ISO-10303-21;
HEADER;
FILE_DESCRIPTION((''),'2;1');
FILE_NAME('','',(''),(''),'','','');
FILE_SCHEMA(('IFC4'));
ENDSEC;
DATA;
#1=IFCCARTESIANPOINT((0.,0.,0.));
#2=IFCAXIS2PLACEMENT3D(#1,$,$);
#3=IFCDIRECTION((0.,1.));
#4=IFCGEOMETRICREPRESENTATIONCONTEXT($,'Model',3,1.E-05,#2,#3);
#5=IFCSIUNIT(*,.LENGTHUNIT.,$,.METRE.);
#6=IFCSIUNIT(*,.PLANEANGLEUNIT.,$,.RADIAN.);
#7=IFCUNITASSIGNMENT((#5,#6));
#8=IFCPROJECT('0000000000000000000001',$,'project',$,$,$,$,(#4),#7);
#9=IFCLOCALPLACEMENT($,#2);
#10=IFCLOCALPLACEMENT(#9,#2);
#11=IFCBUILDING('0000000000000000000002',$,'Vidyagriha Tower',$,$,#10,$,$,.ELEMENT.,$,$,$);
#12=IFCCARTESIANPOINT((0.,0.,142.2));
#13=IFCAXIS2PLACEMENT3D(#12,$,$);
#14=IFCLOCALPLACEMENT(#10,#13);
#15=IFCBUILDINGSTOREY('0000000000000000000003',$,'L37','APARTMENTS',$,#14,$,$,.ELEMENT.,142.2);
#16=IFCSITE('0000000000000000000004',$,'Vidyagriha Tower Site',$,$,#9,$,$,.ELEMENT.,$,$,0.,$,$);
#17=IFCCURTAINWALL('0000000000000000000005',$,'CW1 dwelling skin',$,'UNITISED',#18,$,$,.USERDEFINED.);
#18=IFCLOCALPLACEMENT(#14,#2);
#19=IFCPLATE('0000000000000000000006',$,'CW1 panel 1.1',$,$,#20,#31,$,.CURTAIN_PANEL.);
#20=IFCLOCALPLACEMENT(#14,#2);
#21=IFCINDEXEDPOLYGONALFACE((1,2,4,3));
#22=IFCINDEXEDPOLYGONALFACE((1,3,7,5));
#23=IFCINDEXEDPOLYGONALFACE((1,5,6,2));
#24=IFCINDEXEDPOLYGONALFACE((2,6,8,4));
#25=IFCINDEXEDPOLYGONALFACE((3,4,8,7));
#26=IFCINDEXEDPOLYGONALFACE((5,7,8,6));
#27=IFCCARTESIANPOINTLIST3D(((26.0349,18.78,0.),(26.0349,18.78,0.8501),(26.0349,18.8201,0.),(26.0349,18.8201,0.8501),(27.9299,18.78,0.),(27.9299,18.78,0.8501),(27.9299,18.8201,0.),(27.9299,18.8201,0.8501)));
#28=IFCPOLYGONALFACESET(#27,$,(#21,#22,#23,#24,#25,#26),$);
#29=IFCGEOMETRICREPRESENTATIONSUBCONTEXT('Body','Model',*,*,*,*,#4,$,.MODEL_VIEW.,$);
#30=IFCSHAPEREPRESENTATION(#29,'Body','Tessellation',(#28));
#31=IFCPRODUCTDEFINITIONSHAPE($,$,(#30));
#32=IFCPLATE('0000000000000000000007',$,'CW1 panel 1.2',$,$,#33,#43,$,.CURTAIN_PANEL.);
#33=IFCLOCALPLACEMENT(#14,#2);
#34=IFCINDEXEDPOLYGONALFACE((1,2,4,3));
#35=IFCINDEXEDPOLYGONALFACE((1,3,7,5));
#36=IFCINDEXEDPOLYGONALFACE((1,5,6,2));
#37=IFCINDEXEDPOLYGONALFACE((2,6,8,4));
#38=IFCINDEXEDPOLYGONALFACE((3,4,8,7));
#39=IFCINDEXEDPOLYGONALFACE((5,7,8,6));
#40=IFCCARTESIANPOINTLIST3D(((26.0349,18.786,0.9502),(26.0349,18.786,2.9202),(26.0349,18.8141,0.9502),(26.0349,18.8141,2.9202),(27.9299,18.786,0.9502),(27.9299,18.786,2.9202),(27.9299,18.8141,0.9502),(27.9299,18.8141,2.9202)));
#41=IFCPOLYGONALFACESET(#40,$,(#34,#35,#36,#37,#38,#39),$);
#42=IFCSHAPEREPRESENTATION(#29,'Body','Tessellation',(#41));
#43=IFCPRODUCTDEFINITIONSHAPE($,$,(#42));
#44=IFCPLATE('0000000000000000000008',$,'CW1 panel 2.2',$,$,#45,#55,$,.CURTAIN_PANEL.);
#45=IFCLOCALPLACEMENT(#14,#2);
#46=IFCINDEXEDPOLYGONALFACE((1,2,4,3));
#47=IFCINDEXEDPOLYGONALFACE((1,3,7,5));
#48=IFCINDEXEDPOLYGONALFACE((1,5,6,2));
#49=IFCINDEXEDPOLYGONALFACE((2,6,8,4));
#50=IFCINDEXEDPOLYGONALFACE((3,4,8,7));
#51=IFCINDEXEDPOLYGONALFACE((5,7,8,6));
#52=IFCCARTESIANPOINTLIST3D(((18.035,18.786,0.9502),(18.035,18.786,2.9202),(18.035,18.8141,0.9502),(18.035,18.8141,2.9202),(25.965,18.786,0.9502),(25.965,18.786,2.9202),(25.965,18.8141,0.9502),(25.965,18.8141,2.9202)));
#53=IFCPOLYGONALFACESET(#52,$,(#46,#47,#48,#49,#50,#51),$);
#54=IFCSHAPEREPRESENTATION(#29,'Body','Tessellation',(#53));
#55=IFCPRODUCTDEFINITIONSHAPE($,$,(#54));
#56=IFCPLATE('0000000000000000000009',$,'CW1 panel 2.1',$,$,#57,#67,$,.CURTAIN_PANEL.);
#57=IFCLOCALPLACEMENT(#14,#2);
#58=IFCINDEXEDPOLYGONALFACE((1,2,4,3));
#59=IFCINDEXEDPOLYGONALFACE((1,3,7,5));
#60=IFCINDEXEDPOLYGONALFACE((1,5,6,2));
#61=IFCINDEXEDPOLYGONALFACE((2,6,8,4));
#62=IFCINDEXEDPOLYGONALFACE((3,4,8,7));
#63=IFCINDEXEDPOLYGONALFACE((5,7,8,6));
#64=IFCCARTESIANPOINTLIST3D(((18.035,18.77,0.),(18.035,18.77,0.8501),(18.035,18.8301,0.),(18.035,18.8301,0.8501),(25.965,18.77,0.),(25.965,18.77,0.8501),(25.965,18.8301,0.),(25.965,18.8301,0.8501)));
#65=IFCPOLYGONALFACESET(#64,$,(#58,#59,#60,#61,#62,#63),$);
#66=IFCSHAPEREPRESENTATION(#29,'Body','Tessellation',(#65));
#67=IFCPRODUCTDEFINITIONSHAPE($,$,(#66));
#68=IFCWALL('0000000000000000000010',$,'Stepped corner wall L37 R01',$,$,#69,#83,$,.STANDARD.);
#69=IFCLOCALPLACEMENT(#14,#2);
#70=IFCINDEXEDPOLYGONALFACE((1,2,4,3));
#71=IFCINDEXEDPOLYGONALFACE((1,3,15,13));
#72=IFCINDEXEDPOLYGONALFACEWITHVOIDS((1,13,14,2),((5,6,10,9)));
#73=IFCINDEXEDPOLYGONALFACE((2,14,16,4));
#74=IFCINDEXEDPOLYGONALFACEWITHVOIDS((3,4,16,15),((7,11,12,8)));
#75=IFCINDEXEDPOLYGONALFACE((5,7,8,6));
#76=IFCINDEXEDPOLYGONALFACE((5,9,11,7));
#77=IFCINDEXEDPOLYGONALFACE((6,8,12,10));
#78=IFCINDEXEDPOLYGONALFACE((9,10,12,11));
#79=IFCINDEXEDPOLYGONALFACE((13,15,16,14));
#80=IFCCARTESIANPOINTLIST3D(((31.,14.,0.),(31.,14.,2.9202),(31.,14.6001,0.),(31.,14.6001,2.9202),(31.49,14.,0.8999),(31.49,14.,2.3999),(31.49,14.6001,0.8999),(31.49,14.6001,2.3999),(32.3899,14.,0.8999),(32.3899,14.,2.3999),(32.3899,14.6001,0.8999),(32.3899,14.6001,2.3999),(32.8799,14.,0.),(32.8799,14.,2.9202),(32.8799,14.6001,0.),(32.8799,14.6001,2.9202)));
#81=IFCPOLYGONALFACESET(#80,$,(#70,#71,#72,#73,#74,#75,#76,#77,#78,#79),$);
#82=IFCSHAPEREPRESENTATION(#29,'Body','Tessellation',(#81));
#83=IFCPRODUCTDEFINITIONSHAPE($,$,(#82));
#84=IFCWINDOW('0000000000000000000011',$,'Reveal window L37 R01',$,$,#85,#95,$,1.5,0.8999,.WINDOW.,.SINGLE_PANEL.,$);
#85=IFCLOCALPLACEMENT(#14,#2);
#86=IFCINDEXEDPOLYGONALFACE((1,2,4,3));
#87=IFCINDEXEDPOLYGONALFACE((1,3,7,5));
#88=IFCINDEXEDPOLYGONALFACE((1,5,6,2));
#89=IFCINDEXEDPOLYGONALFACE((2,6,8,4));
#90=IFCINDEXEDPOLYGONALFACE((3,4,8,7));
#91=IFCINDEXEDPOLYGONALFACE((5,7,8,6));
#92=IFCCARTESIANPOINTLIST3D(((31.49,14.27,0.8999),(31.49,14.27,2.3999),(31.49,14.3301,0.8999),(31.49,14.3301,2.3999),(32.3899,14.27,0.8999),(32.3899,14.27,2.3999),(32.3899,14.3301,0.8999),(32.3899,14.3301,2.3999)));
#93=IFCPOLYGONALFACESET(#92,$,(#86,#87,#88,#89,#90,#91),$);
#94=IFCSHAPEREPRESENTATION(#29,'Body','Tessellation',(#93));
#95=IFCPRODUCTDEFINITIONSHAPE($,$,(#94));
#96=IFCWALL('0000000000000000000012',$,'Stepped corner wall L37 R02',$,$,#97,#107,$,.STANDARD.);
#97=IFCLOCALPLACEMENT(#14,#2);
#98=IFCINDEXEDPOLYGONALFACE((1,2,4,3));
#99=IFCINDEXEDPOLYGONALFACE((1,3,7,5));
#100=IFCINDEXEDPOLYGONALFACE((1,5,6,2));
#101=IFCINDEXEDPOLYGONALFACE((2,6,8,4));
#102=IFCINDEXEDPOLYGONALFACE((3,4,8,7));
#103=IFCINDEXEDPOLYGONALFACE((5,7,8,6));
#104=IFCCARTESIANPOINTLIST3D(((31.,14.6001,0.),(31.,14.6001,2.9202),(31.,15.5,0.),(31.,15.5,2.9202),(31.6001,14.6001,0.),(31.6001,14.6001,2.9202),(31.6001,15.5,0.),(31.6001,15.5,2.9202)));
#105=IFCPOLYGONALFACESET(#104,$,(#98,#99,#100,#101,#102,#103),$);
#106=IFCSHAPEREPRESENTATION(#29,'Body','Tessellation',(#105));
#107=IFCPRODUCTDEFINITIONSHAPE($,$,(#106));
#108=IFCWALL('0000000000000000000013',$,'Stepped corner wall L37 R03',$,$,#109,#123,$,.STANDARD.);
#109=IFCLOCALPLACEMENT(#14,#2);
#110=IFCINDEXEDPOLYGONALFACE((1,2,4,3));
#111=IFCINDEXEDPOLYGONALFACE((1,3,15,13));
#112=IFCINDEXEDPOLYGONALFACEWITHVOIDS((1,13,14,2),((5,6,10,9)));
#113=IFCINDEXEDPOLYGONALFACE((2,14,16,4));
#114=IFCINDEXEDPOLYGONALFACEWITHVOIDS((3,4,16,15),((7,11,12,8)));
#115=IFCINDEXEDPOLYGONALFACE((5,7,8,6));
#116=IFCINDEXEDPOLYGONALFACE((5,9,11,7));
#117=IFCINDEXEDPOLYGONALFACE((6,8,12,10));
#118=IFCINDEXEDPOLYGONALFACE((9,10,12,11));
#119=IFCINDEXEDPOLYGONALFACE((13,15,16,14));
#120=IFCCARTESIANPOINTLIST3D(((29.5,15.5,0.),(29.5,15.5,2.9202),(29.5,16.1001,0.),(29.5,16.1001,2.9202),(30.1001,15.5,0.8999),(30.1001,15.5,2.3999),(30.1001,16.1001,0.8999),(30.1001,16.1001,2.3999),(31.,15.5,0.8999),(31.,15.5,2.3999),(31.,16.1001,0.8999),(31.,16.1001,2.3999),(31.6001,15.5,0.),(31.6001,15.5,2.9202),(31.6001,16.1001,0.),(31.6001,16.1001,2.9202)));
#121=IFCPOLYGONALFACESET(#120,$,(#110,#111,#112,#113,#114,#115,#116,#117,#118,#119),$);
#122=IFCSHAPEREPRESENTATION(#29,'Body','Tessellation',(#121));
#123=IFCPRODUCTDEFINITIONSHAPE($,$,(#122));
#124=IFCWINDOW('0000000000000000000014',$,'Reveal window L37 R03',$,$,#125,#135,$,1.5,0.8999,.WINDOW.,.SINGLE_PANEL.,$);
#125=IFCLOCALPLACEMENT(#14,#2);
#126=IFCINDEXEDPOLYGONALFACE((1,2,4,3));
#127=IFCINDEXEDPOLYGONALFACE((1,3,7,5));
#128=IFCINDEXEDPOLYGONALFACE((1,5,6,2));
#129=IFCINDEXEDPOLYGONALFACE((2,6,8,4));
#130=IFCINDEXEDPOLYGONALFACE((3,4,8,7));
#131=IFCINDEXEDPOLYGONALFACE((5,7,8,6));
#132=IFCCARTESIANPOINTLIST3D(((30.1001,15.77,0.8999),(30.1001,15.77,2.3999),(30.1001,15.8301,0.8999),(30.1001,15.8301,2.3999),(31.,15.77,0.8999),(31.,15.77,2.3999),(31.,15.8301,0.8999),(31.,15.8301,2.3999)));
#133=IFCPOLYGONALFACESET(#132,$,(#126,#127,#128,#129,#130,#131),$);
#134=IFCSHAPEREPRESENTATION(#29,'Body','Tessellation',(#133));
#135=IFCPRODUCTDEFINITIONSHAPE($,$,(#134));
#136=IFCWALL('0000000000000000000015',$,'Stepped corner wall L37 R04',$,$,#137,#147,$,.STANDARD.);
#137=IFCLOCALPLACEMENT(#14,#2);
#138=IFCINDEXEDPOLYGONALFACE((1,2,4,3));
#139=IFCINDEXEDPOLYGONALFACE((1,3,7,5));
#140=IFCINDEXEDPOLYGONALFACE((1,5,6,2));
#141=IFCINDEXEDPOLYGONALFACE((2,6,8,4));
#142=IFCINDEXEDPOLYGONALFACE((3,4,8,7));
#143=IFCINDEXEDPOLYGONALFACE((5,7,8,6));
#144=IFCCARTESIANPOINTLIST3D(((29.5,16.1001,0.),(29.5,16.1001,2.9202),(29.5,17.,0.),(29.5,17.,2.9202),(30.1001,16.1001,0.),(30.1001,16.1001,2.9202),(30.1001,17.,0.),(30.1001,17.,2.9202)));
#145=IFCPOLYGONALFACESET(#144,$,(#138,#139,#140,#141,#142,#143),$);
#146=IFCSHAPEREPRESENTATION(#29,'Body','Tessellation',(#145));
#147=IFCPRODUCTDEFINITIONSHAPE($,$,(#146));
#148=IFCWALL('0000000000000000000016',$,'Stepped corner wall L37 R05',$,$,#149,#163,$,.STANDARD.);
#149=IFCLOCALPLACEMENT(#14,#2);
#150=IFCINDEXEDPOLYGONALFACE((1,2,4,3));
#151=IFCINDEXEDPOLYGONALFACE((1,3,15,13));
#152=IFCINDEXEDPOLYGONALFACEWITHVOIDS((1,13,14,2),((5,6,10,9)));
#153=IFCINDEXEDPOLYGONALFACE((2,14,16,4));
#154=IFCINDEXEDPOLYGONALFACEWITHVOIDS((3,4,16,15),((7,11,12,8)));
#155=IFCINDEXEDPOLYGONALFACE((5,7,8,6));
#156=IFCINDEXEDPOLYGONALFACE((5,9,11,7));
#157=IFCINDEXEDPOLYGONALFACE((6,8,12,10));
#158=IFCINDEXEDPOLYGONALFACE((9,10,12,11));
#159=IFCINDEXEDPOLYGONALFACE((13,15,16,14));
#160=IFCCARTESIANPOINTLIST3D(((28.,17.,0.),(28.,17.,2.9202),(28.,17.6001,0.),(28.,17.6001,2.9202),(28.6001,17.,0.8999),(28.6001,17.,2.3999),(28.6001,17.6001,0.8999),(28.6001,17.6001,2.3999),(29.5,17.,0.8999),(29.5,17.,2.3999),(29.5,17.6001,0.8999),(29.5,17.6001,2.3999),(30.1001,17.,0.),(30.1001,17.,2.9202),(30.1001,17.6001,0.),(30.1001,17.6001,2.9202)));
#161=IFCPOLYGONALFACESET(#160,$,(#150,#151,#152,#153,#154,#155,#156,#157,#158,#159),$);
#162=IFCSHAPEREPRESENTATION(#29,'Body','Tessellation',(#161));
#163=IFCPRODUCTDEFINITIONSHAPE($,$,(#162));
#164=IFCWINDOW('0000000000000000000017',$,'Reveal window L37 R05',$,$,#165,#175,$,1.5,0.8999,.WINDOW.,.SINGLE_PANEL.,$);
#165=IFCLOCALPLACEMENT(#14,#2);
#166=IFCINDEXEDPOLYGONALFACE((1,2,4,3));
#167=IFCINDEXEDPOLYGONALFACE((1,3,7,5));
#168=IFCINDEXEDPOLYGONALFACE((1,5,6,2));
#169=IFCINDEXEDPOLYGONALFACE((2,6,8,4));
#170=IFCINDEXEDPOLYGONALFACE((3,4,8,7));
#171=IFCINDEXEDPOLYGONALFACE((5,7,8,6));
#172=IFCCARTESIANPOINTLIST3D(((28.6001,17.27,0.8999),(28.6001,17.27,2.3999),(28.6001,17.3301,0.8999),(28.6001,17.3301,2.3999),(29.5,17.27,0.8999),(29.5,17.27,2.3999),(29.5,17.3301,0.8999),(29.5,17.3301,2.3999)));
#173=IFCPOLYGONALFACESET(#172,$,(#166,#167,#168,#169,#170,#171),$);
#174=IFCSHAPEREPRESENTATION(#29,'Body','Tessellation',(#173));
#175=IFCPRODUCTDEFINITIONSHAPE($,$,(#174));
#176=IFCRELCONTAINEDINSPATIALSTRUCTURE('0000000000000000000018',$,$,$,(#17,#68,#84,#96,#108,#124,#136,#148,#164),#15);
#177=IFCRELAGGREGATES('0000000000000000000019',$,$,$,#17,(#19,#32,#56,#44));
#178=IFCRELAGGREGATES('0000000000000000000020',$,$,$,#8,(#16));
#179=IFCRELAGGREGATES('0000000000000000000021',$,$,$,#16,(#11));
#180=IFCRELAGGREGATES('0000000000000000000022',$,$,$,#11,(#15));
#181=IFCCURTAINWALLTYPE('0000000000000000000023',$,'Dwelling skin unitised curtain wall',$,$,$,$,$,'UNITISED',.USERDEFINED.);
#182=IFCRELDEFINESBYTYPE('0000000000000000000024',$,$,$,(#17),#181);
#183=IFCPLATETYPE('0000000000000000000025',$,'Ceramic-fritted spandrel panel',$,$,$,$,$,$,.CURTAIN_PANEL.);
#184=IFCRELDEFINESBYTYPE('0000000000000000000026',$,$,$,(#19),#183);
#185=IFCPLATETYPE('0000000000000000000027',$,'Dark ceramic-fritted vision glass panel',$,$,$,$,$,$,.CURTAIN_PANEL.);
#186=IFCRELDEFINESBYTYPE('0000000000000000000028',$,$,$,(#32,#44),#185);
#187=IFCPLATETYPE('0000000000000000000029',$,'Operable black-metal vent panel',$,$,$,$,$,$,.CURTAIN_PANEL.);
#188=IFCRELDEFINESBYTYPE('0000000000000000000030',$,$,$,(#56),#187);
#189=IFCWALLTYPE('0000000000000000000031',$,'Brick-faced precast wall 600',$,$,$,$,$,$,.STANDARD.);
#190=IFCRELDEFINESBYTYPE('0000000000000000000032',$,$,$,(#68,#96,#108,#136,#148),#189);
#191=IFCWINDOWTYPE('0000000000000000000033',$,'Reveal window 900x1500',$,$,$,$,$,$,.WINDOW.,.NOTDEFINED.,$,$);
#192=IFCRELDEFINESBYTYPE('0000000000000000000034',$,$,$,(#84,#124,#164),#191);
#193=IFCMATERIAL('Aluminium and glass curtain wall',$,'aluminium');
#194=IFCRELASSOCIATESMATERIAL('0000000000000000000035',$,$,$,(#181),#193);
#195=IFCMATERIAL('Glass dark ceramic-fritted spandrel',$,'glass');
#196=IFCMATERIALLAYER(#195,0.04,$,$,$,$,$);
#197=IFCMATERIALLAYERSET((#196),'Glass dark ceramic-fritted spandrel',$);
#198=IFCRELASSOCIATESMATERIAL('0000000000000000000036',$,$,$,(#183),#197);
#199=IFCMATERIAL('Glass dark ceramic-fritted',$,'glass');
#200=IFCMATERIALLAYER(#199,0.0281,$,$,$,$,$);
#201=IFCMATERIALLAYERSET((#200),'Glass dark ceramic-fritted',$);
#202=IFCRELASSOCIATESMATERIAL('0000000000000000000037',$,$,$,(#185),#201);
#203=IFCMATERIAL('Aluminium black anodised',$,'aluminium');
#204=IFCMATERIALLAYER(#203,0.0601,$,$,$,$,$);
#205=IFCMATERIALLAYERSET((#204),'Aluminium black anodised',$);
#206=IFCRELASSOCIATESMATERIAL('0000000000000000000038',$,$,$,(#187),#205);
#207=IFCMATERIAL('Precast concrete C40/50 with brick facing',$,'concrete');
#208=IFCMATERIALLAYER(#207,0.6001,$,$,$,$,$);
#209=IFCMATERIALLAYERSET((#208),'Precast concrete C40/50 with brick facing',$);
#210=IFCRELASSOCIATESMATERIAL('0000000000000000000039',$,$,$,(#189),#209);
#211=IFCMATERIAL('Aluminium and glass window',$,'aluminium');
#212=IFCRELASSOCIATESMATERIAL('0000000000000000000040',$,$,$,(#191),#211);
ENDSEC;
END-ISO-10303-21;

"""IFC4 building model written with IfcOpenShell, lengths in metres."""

from ifc_helpers import new_model, si_unit, direction, frame, frame_2d, origin, origin_2d, place, context, subcontext, project, spatial, rectangle, extrude, material, layer, layer_set, type_object, element, fill, aggregate, save


model = new_model("IFC4")

# Units and contexts
model_context = context("Model", 3, precision=1e-05, world=origin(), true_north=direction((0.0, 1.0)))
body_context = subcontext(model_context, "Body", "Model", "MODEL_VIEW")
ifc_project = project(units=[si_unit("LENGTHUNIT", "METRE"), si_unit("PLANEANGLEUNIT", "RADIAN")], contexts=[model_context])

# Site, building, storey
site_placement = place(None, origin())
site = spatial("IfcSite", under=ifc_project, at=site_placement, Name="Vidyagriha Tower Site", CompositionType="ELEMENT", RefElevation=0.0)
building_placement = place(site_placement, origin())
building = spatial("IfcBuilding", under=site, at=building_placement, Name="Vidyagriha Tower", CompositionType="ELEMENT")
storey_placement = place(building_placement, frame((0.0, 0.0, 142.2)))
storey = spatial("IfcBuildingStorey", under=building, at=storey_placement, Name="L37", Description="APARTMENTS", CompositionType="ELEMENT", Elevation=142.2)

# Curtain wall
ifc_material_1 = material(Name="Aluminium and glass curtain wall", Category="aluminium")
curtain_wall_type = type_object("IfcCurtainWallType", Name="Dwelling skin unitised curtain wall", ElementType="UNITISED", PredefinedType="USERDEFINED", material=ifc_material_1)
curtain_wall_1_placement = place(storey_placement, origin())
curtain_wall_1 = element("IfcCurtainWall", 1, at=curtain_wall_1_placement, inside=storey, type_object=curtain_wall_type, Name="CW1 dwelling skin", ObjectType="UNITISED", PredefinedType="USERDEFINED")

# Plates
ifc_material_2 = material(Name="Glass dark ceramic-fritted spandrel", Category="glass")
ifc_layer_1 = layer(ifc_material_2, 0.04)
ifc_layer_set_1 = layer_set([ifc_layer_1], Name="Glass dark ceramic-fritted spandrel")
plate_type_1 = type_object("IfcPlateType", Name="Ceramic-fritted spandrel panel", PredefinedType="CURTAIN_PANEL", material=ifc_layer_set_1)
plate_1_placement = place(storey_placement, frame((26.9824, 18.8, 0.0), z_axis=(0.0, 0.0, 1.0), x_axis=(-1.0, 0.0, 0.0)))
plate_1 = element("IfcPlate", 2, at=plate_1_placement, type_object=plate_type_1, Name="CW1 panel 1.1", PredefinedType="CURTAIN_PANEL", context=body_context, shape_type="SweptSolid", body=[
    extrude(rectangle(XDim=1.895, YDim=0.04, at=origin_2d()), origin(), (0.0, 0.0, 1.0), 0.8501),
])
ifc_material_3 = material(Name="Glass dark ceramic-fritted", Category="glass")
ifc_layer_2 = layer(ifc_material_3, 0.0281)
ifc_layer_set_2 = layer_set([ifc_layer_2], Name="Glass dark ceramic-fritted")
plate_type_2 = type_object("IfcPlateType", Name="Dark ceramic-fritted vision glass panel", PredefinedType="CURTAIN_PANEL", material=ifc_layer_set_2)
plate_2_placement = place(storey_placement, frame((26.9824, 18.8, 0.9502), z_axis=(0.0, 0.0, 1.0), x_axis=(-1.0, 0.0, 0.0)))
plate_2 = element("IfcPlate", 3, at=plate_2_placement, type_object=plate_type_2, Name="CW1 panel 1.2", PredefinedType="CURTAIN_PANEL", context=body_context, shape_type="SweptSolid", body=[
    extrude(rectangle(XDim=1.895, YDim=0.0281, at=origin_2d()), origin(), (0.0, 0.0, 1.0), 1.97),
])
plate_3_placement = place(storey_placement, frame((22.0, 18.8, 0.9502), z_axis=(0.0, 0.0, 1.0), x_axis=(-1.0, 0.0, 0.0)))
plate_3 = element("IfcPlate", 4, at=plate_3_placement, type_object=plate_type_2, Name="CW1 panel 2.2", PredefinedType="CURTAIN_PANEL", context=body_context, shape_type="SweptSolid", body=[
    extrude(rectangle(XDim=7.9299, YDim=0.0281, at=origin_2d()), origin(), (0.0, 0.0, 1.0), 1.97),
])
ifc_material_4 = material(Name="Aluminium black anodised", Category="aluminium")
ifc_layer_3 = layer(ifc_material_4, 0.0601)
ifc_layer_set_3 = layer_set([ifc_layer_3], Name="Aluminium black anodised")
plate_type_3 = type_object("IfcPlateType", Name="Operable black-metal vent panel", PredefinedType="CURTAIN_PANEL", material=ifc_layer_set_3)
plate_4_placement = place(storey_placement, frame((22.0, 18.8, 0.0), z_axis=(0.0, 0.0, 1.0), x_axis=(-1.0, 0.0, 0.0)))
plate_4 = element("IfcPlate", 5, at=plate_4_placement, type_object=plate_type_3, Name="CW1 panel 2.1", PredefinedType="CURTAIN_PANEL", context=body_context, shape_type="SweptSolid", body=[
    extrude(rectangle(XDim=7.9299, YDim=0.0601, at=origin_2d()), origin(), (0.0, 0.0, 1.0), 0.8501),
])
aggregate(curtain_wall_1, [plate_1, plate_2, plate_4, plate_3])

# Wall, opening, window
ifc_material_5 = material(Name="Precast concrete C40/50 with brick facing", Category="concrete")
ifc_layer_4 = layer(ifc_material_5, 0.6001)
ifc_layer_set_4 = layer_set([ifc_layer_4], Name="Precast concrete C40/50 with brick facing")
wall_type = type_object("IfcWallType", Name="Brick-faced precast wall 600", PredefinedType="STANDARD", material=ifc_layer_set_4)
wall_1_placement = place(storey_placement, frame((32.8799, 14.3, 0.0), z_axis=(0.0, 0.0, 1.0), x_axis=(-1.0, 0.0, 0.0)))
wall_1 = element("IfcWall", 6, at=wall_1_placement, inside=storey, type_object=wall_type, Name="Stepped corner wall L37 R01", PredefinedType="STANDARD", context=body_context, shape_type="SweptSolid", body=[
    extrude(rectangle(XDim=1.8799, YDim=0.6001, at=frame_2d((0.9399, 0.0))), origin(), (0.0, 0.0, 1.0), 2.9202),
])
opening_1_placement = place(wall_1_placement, frame((0.49, 0.0, 0.8999)))
opening_1 = element("IfcOpeningElement", 7, at=opening_1_placement, cuts=wall_1, PredefinedType="OPENING", context=body_context, shape_type="SweptSolid", body=[
    extrude(rectangle(XDim=0.8999, YDim=1.5, at=frame_2d((0.45, 0.75))), frame((0.0, 0.3101, 0.0), z_axis=(0.0, -1.0, 0.0), x_axis=(1.0, 0.0, 0.0)), (0.0, 0.0, 1.0), 0.6201),
])
ifc_material_6 = material(Name="Aluminium and glass window", Category="aluminium")
window_type = type_object("IfcWindowType", Name="Reveal window 900x1500", PartitioningType="NOTDEFINED", PredefinedType="WINDOW", material=ifc_material_6)
window_1_placement = place(opening_1_placement, origin())
window_1 = element("IfcWindow", 8, at=window_1_placement, inside=storey, type_object=window_type, Name="Reveal window L37 R01", OverallHeight=1.5, OverallWidth=0.8999, PartitioningType="SINGLE_PANEL", PredefinedType="WINDOW", context=body_context, shape_type="SweptSolid", body=[
    extrude(rectangle(XDim=0.8999, YDim=1.5, at=frame_2d((0.45, 0.75))), frame((0.0, 0.03, 0.0), z_axis=(0.0, -1.0, 0.0), x_axis=(1.0, 0.0, 0.0)), (0.0, 0.0, 1.0), 0.0601),
])
fill(opening_1, window_1)

# Wall
wall_2_placement = place(storey_placement, frame((31.3, 14.6001, 0.0), z_axis=(0.0, 0.0, 1.0), x_axis=(0.0, 1.0, 0.0)))
element("IfcWall", 9, at=wall_2_placement, inside=storey, type_object=wall_type, Name="Stepped corner wall L37 R02", PredefinedType="STANDARD", context=body_context, shape_type="SweptSolid", body=[
    extrude(rectangle(XDim=0.8999, YDim=0.6001, at=frame_2d((0.45, 0.0))), origin(), (0.0, 0.0, 1.0), 2.9202),
])

# Wall, opening, window
wall_3_placement = place(storey_placement, frame((31.6001, 15.8, 0.0), z_axis=(0.0, 0.0, 1.0), x_axis=(-1.0, 0.0, 0.0)))
wall_3 = element("IfcWall", 10, at=wall_3_placement, inside=storey, type_object=wall_type, Name="Stepped corner wall L37 R03", PredefinedType="STANDARD", context=body_context, shape_type="SweptSolid", body=[
    extrude(rectangle(XDim=2.1001, YDim=0.6001, at=frame_2d((1.05, 0.0))), origin(), (0.0, 0.0, 1.0), 2.9202),
])
opening_2_placement = place(wall_3_placement, frame((0.6001, 0.0, 0.8999)))
opening_2 = element("IfcOpeningElement", 11, at=opening_2_placement, cuts=wall_3, PredefinedType="OPENING", context=body_context, shape_type="SweptSolid", body=[
    extrude(rectangle(XDim=0.8999, YDim=1.5, at=frame_2d((0.45, 0.75))), frame((0.0, 0.3101, 0.0), z_axis=(0.0, -1.0, 0.0), x_axis=(1.0, 0.0, 0.0)), (0.0, 0.0, 1.0), 0.6201),
])
window_2_placement = place(opening_2_placement, origin())
window_2 = element("IfcWindow", 12, at=window_2_placement, inside=storey, type_object=window_type, Name="Reveal window L37 R03", OverallHeight=1.5, OverallWidth=0.8999, PartitioningType="SINGLE_PANEL", PredefinedType="WINDOW", context=body_context, shape_type="SweptSolid", body=[
    extrude(rectangle(XDim=0.8999, YDim=1.5, at=frame_2d((0.45, 0.75))), frame((0.0, 0.03, 0.0), z_axis=(0.0, -1.0, 0.0), x_axis=(1.0, 0.0, 0.0)), (0.0, 0.0, 1.0), 0.0601),
])
fill(opening_2, window_2)

# Wall
wall_4_placement = place(storey_placement, frame((29.8, 16.1001, 0.0), z_axis=(0.0, 0.0, 1.0), x_axis=(0.0, 1.0, 0.0)))
element("IfcWall", 13, at=wall_4_placement, inside=storey, type_object=wall_type, Name="Stepped corner wall L37 R04", PredefinedType="STANDARD", context=body_context, shape_type="SweptSolid", body=[
    extrude(rectangle(XDim=0.8999, YDim=0.6001, at=frame_2d((0.45, 0.0))), origin(), (0.0, 0.0, 1.0), 2.9202),
])

# Wall, opening, window
wall_5_placement = place(storey_placement, frame((30.1001, 17.3, 0.0), z_axis=(0.0, 0.0, 1.0), x_axis=(-1.0, 0.0, 0.0)))
wall_5 = element("IfcWall", 14, at=wall_5_placement, inside=storey, type_object=wall_type, Name="Stepped corner wall L37 R05", PredefinedType="STANDARD", context=body_context, shape_type="SweptSolid", body=[
    extrude(rectangle(XDim=2.1001, YDim=0.6001, at=frame_2d((1.05, 0.0))), origin(), (0.0, 0.0, 1.0), 2.9202),
])
opening_3_placement = place(wall_5_placement, frame((0.6001, 0.0, 0.8999)))
opening_3 = element("IfcOpeningElement", 15, at=opening_3_placement, cuts=wall_5, PredefinedType="OPENING", context=body_context, shape_type="SweptSolid", body=[
    extrude(rectangle(XDim=0.8999, YDim=1.5, at=frame_2d((0.45, 0.75))), frame((0.0, 0.3101, 0.0), z_axis=(0.0, -1.0, 0.0), x_axis=(1.0, 0.0, 0.0)), (0.0, 0.0, 1.0), 0.6201),
])
window_3_placement = place(opening_3_placement, origin())
window_3 = element("IfcWindow", 16, at=window_3_placement, inside=storey, type_object=window_type, Name="Reveal window L37 R05", OverallHeight=1.5, OverallWidth=0.8999, PartitioningType="SINGLE_PANEL", PredefinedType="WINDOW", context=body_context, shape_type="SweptSolid", body=[
    extrude(rectangle(XDim=0.8999, YDim=1.5, at=frame_2d((0.45, 0.75))), frame((0.0, 0.03, 0.0), z_axis=(0.0, -1.0, 0.0), x_axis=(1.0, 0.0, 0.0)), (0.0, 0.0, 1.0), 0.0601),
])
fill(opening_3, window_3)

save(model, "model.ifc")
